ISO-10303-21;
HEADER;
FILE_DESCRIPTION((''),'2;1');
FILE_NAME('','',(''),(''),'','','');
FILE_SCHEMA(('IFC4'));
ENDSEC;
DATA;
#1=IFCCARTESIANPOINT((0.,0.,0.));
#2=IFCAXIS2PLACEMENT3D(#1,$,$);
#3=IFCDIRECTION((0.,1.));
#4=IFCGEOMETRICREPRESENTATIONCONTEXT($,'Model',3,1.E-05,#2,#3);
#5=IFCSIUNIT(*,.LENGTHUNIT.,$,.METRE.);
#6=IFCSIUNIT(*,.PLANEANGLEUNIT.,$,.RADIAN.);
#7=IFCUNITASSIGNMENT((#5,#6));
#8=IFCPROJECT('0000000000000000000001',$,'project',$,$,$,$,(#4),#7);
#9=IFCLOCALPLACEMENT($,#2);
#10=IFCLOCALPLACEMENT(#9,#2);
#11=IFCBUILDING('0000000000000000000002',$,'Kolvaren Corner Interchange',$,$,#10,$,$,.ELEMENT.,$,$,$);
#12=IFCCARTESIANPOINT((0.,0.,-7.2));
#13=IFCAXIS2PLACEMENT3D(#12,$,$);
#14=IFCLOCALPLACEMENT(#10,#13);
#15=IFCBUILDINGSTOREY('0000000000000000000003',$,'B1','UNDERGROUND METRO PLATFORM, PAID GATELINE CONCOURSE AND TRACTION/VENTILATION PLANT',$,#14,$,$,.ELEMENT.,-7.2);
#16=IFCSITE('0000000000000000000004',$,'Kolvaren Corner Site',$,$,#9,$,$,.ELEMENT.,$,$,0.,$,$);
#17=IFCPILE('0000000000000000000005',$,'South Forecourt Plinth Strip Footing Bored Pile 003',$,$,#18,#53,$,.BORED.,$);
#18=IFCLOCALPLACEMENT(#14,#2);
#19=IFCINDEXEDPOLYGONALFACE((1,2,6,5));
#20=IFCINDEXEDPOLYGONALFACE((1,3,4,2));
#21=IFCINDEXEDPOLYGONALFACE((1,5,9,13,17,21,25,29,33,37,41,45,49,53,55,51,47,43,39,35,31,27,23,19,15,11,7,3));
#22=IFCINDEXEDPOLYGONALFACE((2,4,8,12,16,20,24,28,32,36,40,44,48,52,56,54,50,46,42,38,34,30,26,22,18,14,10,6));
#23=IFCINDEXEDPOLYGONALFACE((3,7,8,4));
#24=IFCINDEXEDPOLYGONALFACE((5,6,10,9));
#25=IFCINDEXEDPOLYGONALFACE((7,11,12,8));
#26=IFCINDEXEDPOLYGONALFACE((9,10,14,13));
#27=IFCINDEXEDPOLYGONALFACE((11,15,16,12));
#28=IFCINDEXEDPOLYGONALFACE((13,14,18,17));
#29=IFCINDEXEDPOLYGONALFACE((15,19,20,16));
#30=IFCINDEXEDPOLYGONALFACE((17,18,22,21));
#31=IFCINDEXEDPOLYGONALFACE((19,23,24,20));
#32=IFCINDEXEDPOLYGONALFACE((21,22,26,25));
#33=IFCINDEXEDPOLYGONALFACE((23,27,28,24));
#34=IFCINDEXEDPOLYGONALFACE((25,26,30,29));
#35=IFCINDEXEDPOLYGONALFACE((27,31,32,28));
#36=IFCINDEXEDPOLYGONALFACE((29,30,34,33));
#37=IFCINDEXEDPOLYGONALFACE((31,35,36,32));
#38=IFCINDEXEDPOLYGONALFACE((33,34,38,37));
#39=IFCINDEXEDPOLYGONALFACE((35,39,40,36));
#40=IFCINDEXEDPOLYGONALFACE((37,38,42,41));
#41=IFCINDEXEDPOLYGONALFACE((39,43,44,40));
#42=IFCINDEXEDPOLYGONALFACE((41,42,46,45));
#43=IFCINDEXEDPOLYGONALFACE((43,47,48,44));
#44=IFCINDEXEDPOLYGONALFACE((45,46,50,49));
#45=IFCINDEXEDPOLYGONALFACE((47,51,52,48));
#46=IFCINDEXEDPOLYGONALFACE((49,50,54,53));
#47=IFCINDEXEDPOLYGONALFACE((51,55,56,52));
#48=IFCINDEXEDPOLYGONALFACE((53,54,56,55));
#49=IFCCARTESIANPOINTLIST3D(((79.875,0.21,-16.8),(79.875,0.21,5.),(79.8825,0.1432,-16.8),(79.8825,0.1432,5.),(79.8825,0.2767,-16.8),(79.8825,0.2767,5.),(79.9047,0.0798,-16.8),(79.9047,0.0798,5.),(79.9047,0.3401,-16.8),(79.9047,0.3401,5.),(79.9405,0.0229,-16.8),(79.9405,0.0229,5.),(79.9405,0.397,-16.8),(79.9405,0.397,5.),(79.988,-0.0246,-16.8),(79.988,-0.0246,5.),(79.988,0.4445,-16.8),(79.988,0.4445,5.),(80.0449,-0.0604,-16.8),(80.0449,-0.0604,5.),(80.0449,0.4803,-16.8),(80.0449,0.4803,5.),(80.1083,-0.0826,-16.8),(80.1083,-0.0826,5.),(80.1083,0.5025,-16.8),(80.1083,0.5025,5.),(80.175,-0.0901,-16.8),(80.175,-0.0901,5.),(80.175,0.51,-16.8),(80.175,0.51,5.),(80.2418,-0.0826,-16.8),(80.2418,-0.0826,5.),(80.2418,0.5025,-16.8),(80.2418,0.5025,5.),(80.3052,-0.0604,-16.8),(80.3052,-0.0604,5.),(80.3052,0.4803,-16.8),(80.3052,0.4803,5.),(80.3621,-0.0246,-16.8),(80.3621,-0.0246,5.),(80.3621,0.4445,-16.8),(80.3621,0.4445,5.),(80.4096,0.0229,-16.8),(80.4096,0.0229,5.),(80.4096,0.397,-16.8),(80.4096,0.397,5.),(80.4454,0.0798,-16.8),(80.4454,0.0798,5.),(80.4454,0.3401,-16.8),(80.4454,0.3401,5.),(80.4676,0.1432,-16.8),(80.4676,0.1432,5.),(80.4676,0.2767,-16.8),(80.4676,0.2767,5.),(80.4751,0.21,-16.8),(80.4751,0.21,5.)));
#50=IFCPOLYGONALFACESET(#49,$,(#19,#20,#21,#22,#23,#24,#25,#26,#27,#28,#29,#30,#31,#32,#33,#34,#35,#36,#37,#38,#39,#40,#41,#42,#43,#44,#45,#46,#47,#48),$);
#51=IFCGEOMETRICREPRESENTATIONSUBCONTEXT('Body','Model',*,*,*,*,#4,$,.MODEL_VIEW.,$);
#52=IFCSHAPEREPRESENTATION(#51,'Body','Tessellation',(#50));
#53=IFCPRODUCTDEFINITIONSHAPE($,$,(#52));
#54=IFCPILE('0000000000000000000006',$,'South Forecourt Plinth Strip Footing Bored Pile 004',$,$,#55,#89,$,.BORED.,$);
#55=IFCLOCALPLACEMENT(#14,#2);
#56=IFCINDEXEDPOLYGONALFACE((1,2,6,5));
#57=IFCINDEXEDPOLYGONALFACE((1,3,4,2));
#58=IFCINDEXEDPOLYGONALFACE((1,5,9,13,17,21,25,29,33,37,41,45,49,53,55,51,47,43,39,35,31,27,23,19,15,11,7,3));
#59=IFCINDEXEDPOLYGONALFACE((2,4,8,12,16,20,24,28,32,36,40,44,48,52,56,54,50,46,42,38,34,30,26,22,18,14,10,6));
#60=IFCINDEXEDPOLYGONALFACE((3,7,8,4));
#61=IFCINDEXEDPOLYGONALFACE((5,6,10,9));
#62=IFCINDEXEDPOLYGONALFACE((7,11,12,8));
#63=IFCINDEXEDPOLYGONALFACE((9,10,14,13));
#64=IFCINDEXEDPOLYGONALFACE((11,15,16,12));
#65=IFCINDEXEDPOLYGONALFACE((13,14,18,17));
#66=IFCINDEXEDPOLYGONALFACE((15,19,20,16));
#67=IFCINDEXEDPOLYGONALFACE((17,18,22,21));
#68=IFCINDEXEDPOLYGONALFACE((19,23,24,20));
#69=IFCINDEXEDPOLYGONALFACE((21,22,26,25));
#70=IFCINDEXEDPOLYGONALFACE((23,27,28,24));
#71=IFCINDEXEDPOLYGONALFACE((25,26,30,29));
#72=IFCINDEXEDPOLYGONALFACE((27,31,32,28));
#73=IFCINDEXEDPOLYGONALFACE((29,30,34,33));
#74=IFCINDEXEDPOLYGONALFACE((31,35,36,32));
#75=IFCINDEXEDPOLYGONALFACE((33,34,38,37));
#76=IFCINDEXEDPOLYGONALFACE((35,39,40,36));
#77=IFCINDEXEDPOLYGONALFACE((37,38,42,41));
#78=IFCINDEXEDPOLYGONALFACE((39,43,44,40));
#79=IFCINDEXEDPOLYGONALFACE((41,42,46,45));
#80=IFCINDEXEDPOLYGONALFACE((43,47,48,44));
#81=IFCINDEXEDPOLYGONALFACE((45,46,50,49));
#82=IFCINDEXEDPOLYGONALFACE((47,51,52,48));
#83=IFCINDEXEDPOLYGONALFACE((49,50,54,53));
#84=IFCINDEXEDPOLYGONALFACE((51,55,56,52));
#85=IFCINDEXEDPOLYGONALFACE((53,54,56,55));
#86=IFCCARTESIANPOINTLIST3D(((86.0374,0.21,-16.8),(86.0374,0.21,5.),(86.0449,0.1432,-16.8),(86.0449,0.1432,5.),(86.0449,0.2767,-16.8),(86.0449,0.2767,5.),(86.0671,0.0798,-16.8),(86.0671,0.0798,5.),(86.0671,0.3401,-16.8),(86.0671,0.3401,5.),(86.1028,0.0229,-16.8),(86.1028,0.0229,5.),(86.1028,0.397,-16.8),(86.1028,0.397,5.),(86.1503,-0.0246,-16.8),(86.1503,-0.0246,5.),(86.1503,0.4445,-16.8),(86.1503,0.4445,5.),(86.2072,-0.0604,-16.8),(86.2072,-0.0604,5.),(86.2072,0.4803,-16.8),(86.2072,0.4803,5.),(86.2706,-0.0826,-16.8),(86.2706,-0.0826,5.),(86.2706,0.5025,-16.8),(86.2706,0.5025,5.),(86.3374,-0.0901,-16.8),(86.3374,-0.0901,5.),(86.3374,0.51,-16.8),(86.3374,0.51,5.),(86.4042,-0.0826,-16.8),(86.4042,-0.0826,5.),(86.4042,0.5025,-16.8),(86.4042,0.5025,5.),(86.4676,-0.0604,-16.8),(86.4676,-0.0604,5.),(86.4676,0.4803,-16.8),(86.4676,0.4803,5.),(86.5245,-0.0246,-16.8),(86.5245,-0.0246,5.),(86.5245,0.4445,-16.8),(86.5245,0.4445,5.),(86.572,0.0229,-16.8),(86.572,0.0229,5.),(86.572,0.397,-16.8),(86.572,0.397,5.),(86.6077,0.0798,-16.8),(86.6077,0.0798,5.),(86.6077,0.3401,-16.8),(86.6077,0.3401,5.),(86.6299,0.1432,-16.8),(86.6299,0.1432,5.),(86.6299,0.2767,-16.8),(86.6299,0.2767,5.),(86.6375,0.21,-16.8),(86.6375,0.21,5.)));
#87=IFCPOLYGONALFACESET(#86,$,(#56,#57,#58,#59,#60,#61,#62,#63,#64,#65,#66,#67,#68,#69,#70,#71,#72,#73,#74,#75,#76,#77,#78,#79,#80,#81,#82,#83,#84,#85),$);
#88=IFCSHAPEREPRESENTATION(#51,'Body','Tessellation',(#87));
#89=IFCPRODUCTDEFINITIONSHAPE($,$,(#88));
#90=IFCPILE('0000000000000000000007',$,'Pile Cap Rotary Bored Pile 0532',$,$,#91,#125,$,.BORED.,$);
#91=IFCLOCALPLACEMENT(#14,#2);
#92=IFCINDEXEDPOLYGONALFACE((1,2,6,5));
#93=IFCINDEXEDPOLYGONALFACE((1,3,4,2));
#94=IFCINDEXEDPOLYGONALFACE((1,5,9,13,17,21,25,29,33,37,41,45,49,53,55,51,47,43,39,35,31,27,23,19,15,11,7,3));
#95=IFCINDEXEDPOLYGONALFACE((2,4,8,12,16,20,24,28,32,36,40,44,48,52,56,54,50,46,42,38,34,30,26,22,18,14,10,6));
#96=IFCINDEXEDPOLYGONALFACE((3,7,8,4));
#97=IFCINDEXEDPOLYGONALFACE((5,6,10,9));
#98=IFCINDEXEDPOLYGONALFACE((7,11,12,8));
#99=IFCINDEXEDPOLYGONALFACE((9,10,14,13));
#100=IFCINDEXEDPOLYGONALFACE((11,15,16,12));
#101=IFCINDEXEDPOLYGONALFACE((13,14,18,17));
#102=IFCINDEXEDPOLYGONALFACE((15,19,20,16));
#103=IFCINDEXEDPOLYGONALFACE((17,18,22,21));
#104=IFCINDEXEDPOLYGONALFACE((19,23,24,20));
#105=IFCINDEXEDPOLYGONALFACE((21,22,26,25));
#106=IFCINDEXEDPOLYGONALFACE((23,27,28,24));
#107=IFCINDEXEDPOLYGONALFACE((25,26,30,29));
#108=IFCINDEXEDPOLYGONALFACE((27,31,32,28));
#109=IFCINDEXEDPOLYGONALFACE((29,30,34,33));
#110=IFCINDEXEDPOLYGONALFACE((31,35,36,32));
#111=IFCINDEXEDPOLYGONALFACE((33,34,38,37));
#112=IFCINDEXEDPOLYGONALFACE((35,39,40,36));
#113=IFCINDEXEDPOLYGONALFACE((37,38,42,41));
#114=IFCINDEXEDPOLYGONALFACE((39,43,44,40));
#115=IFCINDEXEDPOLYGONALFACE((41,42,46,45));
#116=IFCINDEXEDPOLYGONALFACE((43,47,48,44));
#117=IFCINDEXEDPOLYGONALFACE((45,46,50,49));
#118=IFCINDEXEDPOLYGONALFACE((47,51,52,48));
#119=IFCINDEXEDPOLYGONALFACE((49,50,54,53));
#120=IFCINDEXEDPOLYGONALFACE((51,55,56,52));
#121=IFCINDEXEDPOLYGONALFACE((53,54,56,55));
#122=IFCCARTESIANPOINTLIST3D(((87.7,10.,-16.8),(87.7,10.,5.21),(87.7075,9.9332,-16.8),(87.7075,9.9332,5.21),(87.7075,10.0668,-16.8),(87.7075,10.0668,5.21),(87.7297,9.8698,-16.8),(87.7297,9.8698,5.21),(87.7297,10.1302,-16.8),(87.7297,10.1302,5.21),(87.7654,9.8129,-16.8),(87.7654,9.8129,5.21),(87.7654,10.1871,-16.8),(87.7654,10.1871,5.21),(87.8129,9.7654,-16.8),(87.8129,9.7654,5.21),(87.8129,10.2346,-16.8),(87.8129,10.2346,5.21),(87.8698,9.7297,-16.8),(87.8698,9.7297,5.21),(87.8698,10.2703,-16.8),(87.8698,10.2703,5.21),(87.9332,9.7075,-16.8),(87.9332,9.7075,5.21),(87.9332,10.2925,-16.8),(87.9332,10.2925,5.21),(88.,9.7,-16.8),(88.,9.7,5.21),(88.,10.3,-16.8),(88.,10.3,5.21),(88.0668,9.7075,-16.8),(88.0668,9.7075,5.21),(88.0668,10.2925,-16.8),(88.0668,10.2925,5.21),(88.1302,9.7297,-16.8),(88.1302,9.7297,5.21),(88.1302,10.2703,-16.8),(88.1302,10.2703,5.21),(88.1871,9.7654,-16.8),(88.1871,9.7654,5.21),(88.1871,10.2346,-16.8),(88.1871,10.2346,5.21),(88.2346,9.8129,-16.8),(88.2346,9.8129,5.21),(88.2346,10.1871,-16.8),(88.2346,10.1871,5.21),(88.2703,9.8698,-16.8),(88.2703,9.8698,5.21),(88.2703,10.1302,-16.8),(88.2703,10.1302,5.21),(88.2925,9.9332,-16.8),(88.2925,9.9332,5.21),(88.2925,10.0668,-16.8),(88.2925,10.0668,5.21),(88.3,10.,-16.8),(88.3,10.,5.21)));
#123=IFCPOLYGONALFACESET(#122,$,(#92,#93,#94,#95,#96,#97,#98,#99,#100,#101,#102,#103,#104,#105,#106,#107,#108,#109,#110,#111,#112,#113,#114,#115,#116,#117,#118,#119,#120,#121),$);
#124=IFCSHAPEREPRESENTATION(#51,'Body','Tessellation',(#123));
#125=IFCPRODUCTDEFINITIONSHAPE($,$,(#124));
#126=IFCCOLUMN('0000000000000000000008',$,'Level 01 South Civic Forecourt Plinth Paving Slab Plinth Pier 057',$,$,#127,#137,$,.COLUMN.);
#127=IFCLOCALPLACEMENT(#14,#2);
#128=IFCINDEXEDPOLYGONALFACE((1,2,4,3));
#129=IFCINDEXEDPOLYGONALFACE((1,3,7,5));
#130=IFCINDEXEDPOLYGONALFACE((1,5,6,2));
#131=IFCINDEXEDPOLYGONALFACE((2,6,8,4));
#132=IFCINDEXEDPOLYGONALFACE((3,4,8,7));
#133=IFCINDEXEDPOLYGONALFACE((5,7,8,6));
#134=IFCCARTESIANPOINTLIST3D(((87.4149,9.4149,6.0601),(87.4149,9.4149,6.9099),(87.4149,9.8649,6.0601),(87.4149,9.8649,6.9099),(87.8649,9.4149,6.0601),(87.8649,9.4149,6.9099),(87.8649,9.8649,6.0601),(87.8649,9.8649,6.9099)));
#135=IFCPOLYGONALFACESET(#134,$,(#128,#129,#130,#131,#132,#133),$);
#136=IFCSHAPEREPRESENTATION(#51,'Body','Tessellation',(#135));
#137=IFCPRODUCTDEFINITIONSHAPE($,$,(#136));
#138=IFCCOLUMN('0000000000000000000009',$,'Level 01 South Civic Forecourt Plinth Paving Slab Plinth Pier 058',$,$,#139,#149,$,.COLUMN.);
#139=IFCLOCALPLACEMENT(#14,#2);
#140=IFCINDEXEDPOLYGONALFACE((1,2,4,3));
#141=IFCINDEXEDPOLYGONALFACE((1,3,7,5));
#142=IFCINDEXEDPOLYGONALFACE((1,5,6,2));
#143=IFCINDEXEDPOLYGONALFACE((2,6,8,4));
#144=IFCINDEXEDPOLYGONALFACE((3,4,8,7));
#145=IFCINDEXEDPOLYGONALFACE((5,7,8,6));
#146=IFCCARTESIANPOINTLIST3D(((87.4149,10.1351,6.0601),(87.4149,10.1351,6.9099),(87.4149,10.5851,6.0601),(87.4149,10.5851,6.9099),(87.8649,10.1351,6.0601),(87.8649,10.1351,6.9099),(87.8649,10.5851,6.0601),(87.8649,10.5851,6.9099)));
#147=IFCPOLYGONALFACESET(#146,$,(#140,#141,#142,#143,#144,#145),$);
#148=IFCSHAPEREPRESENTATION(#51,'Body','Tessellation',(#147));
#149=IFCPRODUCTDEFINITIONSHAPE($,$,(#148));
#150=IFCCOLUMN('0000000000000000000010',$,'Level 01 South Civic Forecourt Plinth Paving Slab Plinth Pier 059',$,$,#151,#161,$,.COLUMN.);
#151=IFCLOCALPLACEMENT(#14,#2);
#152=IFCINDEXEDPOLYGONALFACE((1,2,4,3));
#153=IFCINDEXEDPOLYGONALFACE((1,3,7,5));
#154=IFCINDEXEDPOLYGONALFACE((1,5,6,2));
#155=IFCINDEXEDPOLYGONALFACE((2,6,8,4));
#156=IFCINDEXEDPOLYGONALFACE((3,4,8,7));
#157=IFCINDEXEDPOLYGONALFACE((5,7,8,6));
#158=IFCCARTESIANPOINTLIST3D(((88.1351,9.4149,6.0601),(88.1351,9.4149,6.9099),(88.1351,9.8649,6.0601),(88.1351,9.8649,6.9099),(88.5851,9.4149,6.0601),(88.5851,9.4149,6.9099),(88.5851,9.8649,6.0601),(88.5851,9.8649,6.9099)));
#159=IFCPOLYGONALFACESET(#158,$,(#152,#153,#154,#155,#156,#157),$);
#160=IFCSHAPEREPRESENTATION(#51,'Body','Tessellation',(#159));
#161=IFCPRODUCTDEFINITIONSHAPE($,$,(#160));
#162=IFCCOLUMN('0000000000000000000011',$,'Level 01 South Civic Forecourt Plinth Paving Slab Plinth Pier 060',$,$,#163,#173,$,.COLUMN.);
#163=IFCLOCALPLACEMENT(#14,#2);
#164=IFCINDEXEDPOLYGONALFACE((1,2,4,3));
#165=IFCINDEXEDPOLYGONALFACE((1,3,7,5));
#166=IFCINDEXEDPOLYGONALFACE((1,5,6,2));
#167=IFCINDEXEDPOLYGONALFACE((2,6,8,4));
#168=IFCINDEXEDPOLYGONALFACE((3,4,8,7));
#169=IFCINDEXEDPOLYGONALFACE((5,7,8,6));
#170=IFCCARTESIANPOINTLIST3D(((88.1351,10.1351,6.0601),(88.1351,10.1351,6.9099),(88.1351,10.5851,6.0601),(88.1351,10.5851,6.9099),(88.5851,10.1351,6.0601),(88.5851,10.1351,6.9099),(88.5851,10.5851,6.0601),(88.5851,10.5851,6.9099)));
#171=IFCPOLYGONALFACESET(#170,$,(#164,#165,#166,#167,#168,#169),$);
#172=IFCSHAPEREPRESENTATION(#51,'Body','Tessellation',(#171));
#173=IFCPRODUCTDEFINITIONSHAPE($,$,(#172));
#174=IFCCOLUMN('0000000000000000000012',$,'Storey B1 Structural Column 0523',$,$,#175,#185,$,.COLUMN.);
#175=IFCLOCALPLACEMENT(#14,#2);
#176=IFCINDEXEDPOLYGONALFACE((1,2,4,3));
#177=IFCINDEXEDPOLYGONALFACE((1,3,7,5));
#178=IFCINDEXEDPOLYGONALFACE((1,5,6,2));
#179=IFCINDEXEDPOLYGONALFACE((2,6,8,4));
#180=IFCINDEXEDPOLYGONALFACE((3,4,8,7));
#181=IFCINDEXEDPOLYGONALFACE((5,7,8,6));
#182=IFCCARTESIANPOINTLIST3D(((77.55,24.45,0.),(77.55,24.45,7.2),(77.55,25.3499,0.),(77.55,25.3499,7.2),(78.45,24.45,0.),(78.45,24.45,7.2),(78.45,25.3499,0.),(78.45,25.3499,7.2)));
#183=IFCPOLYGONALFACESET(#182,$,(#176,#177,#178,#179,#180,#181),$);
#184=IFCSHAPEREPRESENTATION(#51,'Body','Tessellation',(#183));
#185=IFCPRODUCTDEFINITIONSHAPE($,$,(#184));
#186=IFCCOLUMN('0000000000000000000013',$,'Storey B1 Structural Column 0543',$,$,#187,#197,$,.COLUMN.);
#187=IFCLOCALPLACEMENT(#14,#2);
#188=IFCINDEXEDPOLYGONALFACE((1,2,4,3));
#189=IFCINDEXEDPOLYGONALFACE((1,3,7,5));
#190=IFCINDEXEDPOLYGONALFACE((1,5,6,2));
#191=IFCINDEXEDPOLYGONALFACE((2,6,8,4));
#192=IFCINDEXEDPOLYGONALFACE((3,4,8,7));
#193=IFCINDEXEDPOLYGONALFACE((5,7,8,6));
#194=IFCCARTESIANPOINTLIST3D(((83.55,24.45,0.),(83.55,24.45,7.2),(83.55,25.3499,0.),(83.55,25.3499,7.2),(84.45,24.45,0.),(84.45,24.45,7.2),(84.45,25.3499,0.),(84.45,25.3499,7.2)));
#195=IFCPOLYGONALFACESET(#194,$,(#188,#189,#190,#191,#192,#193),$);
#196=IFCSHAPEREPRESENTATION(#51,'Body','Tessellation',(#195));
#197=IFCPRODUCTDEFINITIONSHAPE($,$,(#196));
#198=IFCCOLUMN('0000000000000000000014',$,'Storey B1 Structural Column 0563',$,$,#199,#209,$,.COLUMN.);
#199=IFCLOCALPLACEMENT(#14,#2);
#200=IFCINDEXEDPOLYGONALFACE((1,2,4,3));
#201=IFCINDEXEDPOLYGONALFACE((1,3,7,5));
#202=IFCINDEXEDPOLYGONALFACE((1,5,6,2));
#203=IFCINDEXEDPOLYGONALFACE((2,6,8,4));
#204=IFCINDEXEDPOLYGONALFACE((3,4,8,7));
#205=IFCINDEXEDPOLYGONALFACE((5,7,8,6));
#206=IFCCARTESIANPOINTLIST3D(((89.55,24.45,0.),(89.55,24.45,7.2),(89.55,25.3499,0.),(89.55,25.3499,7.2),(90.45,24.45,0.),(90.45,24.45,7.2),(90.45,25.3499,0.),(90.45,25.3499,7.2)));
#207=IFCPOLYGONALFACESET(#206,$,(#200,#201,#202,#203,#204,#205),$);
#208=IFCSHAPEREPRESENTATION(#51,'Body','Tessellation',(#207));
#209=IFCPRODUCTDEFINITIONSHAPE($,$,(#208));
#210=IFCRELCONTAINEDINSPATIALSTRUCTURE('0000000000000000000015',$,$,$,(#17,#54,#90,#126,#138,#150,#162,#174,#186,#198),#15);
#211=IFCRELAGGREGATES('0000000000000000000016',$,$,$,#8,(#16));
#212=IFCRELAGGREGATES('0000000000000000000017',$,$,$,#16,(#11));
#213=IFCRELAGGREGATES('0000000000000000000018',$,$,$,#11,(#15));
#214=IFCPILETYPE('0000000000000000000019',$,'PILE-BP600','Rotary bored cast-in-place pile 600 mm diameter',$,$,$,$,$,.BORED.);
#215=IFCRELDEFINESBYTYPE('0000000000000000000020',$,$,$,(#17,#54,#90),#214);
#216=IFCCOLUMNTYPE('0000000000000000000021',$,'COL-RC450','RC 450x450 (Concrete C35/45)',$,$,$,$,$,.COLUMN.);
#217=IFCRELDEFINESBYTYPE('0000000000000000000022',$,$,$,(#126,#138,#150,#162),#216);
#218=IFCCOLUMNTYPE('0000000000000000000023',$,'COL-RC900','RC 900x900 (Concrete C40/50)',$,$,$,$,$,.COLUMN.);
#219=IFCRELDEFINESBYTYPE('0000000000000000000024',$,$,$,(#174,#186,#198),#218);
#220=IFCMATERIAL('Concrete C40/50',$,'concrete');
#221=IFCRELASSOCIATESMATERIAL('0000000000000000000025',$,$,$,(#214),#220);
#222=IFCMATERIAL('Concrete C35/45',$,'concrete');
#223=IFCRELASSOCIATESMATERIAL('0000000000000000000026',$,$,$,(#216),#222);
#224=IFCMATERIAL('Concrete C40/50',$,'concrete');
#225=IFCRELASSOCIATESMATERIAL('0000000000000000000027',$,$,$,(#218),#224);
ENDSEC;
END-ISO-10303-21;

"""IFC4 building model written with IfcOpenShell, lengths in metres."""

from ifc_helpers import new_model, si_unit, direction, frame, origin, origin_2d, place, context, subcontext, project, spatial, rectangle, circle, extrude, material, material_profile, profile_set, type_object, element, save


model = new_model("IFC4")

# Units and contexts
model_context = context("Model", 3, precision=1e-05, world=origin(), true_north=direction((0.0, 1.0)))
body_context = subcontext(model_context, "Body", "Model", "MODEL_VIEW")
ifc_project = project(units=[si_unit("LENGTHUNIT", "METRE"), si_unit("PLANEANGLEUNIT", "RADIAN")], contexts=[model_context])

# Site, building, storey
site_placement = place(None, origin())
site = spatial("IfcSite", under=ifc_project, at=site_placement, Name="Kolvaren Corner Site", CompositionType="ELEMENT", RefElevation=0.0)
building_placement = place(site_placement, origin())
building = spatial("IfcBuilding", under=site, at=building_placement, Name="Kolvaren Corner Interchange", CompositionType="ELEMENT")
storey_placement = place(building_placement, frame((0.0, 0.0, -7.2)))
storey = spatial("IfcBuildingStorey", under=building, at=storey_placement, Name="B1", Description="UNDERGROUND METRO PLATFORM, PAID GATELINE CONCOURSE AND TRACTION/VENTILATION PLANT", CompositionType="ELEMENT", Elevation=-7.2)

# Piles
ifc_material_1 = material(Name="Concrete C40/50", Category="concrete")
ifc_material_profile_1 = material_profile(ifc_material_1, circle(Radius=0.3, at=origin_2d()), Name="BORED PILE 600")
ifc_profile_set_1 = profile_set([ifc_material_profile_1], Name="Concrete C40/50")
pile_type_1 = type_object("IfcPileType", Name="PILE-BP600", Description="Rotary bored cast-in-place pile 600 mm diameter", PredefinedType="BORED", material=ifc_profile_set_1)
for number, where, z_axis, x_axis, name in (
    (1, (80.175, 0.21, 5.0), (0.0, 0.0, -1.0), (1.0, 0.0, 0.0), "South Forecourt Plinth Strip Footing Bored Pile 003"),
    (2, (86.3374, 0.21, 5.0), (0.0, 0.0, -1.0), (1.0, 0.0, 0.0), "South Forecourt Plinth Strip Footing Bored Pile 004"),
):
    element("IfcPile", number, at=place(storey_placement, frame(where, z_axis=z_axis, x_axis=x_axis)), inside=storey, type_object=pile_type_1, Name=name, PredefinedType="BORED", context=body_context, shape_type="SweptSolid", body=[
        extrude(circle(Radius=0.3, at=origin_2d()), origin(), (0.0, 0.0, 1.0), 21.8),
    ])
pile_placement = place(storey_placement, frame((88.0, 10.0, 5.21), z_axis=(0.0, 0.0, -1.0), x_axis=(1.0, 0.0, 0.0)))
element("IfcPile", 3, at=pile_placement, inside=storey, type_object=pile_type_1, Name="Pile Cap Rotary Bored Pile 0532", PredefinedType="BORED", context=body_context, shape_type="SweptSolid", body=[
    extrude(circle(Radius=0.3, at=origin_2d()), origin(), (0.0, 0.0, 1.0), 22.01),
])

# Columns
ifc_material_2 = material(Name="Concrete C35/45", Category="concrete")
ifc_material_profile_2 = material_profile(ifc_material_2, rectangle(XDim=0.45, YDim=0.45, at=origin_2d()), Name="RC 450x450")
ifc_profile_set_2 = profile_set([ifc_material_profile_2], Name="Concrete C35/45")
column_type_1 = type_object("IfcColumnType", Name="COL-RC450", Description="RC 450x450 (Concrete C35/45)", PredefinedType="COLUMN", material=ifc_profile_set_2)
for number, where, z_axis, x_axis, name in (
    (4, (87.6399, 9.6399, 6.0601), (0.0, 0.0, 1.0), (1.0, 0.0, 0.0), "Level 01 South Civic Forecourt Plinth Paving Slab Plinth Pier 057"),
    (5, (87.6399, 10.3601, 6.0601), (0.0, 0.0, 1.0), (1.0, 0.0, 0.0), "Level 01 South Civic Forecourt Plinth Paving Slab Plinth Pier 058"),
    (6, (88.3601, 9.6399, 6.0601), (0.0, 0.0, 1.0), (1.0, 0.0, 0.0), "Level 01 South Civic Forecourt Plinth Paving Slab Plinth Pier 059"),
    (7, (88.3601, 10.3601, 6.0601), (0.0, 0.0, 1.0), (1.0, 0.0, 0.0), "Level 01 South Civic Forecourt Plinth Paving Slab Plinth Pier 060"),
):
    element("IfcColumn", number, at=place(storey_placement, frame(where, z_axis=z_axis, x_axis=x_axis)), inside=storey, type_object=column_type_1, Name=name, PredefinedType="COLUMN", context=body_context, shape_type="SweptSolid", body=[
        extrude(rectangle(XDim=0.45, YDim=0.45, at=origin_2d()), origin(), (0.0, 0.0, 1.0), 0.8499),
    ])
ifc_material_3 = material(Name="Concrete C40/50", Category="concrete")
ifc_material_profile_3 = material_profile(ifc_material_3, rectangle(XDim=0.8999, YDim=0.8999, at=origin_2d()), Name="RC 900x900")
ifc_profile_set_3 = profile_set([ifc_material_profile_3], Name="Concrete C40/50")
column_type_2 = type_object("IfcColumnType", Name="COL-RC900", Description="RC 900x900 (Concrete C40/50)", PredefinedType="COLUMN", material=ifc_profile_set_3)
for number, where, z_axis, x_axis, name in (
    (8, (78.0, 24.8999, 0.0), (0.0, 0.0, 1.0), (1.0, 0.0, 0.0), "Storey B1 Structural Column 0523"),
    (9, (84.0, 24.8999, 0.0), (0.0, 0.0, 1.0), (1.0, 0.0, 0.0), "Storey B1 Structural Column 0543"),
    (10, (90.0, 24.8999, 0.0), (0.0, 0.0, 1.0), (1.0, 0.0, 0.0), "Storey B1 Structural Column 0563"),
):
    element("IfcColumn", number, at=place(storey_placement, frame(where, z_axis=z_axis, x_axis=x_axis)), inside=storey, type_object=column_type_2, Name=name, PredefinedType="COLUMN", context=body_context, shape_type="SweptSolid", body=[
        extrude(rectangle(XDim=0.8999, YDim=0.8999, at=origin_2d()), origin(), (0.0, 0.0, 1.0), 7.2),
    ])

save(model, "model.ifc")
